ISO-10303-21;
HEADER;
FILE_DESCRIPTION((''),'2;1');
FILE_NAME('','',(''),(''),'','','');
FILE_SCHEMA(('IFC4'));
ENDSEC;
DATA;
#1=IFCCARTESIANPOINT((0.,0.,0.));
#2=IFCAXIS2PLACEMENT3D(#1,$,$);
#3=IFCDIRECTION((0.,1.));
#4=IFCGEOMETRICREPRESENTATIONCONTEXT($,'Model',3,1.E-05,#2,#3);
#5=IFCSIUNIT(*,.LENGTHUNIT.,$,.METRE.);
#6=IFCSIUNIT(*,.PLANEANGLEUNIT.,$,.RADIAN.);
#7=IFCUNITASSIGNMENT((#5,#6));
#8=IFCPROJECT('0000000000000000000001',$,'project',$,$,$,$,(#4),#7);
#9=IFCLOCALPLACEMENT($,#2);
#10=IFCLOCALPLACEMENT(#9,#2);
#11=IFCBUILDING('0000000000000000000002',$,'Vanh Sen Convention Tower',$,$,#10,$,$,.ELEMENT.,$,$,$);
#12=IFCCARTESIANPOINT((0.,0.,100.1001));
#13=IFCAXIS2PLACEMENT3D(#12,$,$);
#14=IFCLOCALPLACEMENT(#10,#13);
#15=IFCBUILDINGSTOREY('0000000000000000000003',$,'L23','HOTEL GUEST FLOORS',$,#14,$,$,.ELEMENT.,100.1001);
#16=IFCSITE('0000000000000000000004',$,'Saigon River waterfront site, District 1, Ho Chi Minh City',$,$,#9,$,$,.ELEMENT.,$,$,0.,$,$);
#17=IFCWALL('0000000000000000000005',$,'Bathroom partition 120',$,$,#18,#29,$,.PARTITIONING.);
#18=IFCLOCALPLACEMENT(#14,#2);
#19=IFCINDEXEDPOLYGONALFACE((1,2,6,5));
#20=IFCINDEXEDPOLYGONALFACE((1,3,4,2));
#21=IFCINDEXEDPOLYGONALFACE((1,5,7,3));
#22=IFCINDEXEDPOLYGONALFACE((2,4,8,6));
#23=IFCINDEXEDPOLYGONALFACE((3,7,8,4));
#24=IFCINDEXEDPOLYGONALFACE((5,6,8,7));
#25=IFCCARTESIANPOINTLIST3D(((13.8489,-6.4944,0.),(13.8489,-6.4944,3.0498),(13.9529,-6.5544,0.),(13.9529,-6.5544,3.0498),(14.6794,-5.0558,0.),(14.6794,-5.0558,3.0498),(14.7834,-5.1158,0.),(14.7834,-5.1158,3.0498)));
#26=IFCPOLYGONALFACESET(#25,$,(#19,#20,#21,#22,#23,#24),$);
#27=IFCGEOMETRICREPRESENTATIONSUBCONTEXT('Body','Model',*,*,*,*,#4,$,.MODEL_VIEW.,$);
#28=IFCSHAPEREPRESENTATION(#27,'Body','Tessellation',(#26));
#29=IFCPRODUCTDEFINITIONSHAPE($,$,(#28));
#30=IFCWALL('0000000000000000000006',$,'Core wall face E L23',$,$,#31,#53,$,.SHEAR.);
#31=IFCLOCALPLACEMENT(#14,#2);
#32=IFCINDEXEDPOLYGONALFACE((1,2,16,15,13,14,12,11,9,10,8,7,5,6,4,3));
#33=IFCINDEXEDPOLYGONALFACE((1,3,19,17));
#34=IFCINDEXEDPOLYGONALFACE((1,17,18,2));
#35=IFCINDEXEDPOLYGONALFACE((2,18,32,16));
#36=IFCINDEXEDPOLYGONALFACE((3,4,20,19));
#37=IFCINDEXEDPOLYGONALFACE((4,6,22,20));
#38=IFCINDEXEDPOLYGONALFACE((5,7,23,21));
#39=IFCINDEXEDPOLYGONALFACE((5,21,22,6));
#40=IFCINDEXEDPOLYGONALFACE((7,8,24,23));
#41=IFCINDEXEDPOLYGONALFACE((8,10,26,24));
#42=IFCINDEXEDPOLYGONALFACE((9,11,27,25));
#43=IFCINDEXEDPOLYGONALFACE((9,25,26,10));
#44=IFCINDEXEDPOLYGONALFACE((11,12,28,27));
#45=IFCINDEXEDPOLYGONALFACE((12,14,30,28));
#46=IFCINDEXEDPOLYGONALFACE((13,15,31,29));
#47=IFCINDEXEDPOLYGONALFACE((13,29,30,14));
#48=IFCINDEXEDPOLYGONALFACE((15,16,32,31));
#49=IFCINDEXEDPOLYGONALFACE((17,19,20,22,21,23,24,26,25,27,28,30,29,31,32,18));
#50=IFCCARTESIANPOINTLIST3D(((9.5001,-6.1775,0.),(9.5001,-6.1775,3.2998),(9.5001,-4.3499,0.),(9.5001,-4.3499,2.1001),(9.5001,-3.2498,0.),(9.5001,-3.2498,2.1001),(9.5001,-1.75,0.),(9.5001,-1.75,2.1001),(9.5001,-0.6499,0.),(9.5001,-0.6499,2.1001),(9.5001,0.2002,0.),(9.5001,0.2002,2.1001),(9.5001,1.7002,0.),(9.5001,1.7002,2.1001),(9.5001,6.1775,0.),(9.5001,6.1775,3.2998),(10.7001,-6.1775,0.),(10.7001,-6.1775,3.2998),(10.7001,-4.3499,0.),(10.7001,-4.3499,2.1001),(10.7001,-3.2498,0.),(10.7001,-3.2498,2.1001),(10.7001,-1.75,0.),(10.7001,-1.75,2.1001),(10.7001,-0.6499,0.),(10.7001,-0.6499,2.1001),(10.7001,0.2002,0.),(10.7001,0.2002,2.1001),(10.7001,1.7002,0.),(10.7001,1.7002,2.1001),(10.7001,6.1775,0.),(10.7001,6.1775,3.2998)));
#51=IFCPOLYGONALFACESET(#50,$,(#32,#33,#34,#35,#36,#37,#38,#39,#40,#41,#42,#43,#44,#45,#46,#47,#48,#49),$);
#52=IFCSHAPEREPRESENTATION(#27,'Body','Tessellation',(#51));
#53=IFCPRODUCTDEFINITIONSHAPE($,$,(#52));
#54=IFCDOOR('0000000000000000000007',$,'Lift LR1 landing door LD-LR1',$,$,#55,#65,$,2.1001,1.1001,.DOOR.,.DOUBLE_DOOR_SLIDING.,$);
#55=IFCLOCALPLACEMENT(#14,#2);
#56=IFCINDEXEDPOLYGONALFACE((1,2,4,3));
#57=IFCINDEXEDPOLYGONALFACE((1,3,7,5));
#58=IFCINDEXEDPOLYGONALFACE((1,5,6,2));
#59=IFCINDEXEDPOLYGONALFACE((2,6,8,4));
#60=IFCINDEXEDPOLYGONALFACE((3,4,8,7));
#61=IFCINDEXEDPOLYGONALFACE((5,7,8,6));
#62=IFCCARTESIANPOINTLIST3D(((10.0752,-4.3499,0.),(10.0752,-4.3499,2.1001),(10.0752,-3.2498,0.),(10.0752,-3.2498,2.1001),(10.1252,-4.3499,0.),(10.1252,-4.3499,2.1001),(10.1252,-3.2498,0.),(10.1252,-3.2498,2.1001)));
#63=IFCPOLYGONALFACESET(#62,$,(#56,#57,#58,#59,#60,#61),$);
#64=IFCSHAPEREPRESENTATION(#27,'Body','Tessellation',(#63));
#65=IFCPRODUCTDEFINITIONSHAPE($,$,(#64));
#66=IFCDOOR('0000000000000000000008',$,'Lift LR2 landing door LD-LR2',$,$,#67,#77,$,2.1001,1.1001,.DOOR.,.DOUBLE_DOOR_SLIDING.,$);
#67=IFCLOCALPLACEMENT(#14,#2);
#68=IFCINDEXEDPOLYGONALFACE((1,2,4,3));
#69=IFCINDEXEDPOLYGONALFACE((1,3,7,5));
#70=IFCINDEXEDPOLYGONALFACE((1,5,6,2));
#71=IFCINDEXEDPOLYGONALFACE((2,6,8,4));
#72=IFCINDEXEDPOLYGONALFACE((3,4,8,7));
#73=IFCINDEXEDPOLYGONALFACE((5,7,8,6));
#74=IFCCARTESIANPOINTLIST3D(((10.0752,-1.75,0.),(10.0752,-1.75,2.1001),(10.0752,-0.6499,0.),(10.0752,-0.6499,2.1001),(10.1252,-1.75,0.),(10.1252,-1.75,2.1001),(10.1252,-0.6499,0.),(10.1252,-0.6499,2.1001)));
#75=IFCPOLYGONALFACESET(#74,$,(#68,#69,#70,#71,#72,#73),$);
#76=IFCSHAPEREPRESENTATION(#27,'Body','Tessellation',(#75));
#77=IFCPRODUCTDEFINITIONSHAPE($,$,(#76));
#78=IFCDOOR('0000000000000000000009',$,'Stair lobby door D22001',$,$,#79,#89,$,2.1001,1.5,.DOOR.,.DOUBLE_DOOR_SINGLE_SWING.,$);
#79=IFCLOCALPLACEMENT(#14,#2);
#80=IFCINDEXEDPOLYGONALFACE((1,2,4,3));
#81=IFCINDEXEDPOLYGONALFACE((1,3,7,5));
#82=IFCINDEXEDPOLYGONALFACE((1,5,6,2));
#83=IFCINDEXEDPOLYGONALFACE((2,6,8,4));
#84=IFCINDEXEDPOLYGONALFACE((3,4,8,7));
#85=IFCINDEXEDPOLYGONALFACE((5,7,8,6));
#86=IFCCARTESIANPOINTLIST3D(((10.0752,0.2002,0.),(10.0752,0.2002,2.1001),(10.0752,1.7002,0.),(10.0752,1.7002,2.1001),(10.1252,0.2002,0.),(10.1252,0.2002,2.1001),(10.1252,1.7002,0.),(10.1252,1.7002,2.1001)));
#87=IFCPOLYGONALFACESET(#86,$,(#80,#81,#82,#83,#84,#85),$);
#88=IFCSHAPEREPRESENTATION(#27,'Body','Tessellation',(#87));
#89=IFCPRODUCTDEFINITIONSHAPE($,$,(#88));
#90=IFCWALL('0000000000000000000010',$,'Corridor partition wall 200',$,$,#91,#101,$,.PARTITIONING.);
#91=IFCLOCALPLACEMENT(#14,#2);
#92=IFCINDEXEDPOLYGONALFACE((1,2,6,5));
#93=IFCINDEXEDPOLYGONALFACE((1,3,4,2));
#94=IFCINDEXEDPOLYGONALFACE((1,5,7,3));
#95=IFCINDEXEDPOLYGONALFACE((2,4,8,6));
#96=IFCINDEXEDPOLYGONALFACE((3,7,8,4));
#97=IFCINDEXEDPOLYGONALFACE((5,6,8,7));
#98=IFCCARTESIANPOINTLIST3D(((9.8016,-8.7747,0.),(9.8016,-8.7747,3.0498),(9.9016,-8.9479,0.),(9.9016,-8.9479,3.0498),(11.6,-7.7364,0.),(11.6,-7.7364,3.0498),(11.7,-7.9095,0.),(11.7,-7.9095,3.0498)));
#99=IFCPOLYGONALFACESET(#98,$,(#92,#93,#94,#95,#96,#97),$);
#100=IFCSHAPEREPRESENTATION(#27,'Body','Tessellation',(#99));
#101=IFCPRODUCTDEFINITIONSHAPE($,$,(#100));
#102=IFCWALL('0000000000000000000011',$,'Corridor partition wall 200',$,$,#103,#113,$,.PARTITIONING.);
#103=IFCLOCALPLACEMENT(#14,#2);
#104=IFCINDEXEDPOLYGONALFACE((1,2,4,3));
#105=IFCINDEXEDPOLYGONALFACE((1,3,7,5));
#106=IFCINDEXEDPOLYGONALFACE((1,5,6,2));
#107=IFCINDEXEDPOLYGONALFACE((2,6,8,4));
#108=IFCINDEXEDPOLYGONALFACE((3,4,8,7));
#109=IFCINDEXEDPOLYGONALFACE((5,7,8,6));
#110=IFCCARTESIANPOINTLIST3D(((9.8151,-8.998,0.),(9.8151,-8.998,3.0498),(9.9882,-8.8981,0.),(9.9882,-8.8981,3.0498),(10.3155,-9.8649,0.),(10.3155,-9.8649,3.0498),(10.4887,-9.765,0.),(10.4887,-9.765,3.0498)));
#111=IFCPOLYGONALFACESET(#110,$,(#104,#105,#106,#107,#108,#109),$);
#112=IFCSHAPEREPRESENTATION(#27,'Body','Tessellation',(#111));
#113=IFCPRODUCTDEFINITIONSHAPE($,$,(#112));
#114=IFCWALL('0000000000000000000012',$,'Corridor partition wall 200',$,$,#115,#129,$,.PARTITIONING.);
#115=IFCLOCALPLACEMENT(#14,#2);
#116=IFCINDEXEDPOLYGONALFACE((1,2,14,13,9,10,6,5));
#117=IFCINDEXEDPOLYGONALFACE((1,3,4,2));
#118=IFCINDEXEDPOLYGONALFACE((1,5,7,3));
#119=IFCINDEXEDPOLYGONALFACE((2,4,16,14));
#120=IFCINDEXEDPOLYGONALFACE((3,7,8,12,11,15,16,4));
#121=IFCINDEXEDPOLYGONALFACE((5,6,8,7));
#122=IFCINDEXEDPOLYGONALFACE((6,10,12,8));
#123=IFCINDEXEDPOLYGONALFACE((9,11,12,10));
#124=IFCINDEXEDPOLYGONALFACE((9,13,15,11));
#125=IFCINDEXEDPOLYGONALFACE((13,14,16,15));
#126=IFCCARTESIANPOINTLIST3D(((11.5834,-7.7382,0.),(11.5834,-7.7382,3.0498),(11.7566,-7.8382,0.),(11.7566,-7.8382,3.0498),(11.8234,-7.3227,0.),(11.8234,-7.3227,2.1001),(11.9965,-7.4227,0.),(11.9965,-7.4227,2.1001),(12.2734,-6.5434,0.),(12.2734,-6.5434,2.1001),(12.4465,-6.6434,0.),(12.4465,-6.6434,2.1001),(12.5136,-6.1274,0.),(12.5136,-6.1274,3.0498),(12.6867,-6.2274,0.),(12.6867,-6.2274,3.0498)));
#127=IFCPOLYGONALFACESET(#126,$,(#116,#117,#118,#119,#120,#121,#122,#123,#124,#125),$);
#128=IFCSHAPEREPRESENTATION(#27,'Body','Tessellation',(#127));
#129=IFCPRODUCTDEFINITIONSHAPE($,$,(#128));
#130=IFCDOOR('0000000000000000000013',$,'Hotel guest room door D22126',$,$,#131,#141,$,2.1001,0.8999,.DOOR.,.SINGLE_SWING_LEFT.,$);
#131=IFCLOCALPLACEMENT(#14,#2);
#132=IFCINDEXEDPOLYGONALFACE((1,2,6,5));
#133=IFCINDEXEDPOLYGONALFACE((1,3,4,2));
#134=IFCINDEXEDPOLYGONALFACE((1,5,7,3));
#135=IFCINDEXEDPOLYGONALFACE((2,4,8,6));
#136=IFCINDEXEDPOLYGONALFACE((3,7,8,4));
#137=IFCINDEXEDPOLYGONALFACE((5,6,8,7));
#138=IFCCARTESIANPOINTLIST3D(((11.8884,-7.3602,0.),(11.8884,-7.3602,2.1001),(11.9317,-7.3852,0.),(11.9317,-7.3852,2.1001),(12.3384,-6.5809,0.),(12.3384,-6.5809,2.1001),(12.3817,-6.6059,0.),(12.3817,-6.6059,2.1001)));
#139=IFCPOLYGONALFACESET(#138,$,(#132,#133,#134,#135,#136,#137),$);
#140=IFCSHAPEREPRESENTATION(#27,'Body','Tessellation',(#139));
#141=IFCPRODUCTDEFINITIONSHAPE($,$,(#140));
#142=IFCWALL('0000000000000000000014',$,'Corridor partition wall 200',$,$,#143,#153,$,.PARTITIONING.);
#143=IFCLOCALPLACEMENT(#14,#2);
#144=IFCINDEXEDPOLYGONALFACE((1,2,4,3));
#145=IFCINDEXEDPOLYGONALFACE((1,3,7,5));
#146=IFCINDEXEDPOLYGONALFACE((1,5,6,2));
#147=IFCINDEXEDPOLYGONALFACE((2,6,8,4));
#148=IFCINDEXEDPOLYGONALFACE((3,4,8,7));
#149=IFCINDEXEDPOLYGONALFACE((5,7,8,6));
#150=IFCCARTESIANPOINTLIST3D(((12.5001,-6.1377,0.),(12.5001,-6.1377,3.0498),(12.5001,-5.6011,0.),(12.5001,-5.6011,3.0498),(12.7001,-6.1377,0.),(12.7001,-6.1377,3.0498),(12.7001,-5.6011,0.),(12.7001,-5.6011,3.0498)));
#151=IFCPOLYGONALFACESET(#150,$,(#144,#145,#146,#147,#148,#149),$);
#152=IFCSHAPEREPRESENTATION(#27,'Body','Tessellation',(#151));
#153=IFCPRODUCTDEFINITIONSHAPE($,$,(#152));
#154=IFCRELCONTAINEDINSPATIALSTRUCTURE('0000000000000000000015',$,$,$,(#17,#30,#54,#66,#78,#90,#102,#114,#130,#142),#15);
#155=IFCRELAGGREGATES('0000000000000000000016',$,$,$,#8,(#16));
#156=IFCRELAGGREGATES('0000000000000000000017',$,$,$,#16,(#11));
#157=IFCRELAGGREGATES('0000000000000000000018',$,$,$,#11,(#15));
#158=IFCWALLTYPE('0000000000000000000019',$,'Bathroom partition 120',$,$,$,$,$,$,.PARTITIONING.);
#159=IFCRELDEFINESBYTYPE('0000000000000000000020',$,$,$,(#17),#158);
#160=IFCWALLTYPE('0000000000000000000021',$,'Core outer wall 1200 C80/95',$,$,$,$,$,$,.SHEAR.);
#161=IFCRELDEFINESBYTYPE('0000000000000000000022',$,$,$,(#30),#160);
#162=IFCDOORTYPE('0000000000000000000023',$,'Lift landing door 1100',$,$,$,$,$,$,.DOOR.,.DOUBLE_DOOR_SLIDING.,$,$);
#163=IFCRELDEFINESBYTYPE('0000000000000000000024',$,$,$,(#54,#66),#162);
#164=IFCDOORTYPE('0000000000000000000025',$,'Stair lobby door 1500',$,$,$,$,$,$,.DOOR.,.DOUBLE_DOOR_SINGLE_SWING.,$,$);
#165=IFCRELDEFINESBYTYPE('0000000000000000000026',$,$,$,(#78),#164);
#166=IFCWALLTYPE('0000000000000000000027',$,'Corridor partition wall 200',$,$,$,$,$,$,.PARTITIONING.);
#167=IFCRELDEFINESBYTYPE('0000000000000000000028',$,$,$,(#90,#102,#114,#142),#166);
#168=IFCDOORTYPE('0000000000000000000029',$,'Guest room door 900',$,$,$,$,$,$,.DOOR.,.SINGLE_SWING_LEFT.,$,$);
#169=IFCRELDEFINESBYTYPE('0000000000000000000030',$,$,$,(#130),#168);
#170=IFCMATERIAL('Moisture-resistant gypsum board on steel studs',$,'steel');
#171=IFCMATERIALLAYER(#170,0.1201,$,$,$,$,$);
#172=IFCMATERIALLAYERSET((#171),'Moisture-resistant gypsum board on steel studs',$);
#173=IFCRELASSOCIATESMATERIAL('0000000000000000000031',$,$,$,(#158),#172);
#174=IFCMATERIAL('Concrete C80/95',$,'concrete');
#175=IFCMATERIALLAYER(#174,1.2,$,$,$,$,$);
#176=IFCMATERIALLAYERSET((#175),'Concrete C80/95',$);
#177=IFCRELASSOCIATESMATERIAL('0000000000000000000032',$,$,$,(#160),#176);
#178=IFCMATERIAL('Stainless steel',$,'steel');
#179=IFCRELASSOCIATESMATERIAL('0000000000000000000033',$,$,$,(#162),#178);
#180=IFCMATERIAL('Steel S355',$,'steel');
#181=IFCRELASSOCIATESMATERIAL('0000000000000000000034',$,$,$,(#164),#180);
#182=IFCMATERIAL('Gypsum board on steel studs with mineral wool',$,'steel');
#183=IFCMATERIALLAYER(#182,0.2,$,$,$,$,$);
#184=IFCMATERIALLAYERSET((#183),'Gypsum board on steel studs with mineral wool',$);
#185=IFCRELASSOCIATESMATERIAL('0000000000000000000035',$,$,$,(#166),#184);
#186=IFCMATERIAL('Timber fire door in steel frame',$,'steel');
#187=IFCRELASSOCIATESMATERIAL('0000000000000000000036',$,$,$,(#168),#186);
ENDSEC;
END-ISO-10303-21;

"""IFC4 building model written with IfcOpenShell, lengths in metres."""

from ifc_helpers import new_model, si_unit, direction, frame, frame_2d, origin, place, context, subcontext, project, spatial, rectangle, extrude, material, layer, layer_set, type_object, element, fill, save


model = new_model("IFC4")

# Units and contexts
model_context = context("Model", 3, precision=1e-05, world=origin(), true_north=direction((0.0, 1.0)))
body_context = subcontext(model_context, "Body", "Model", "MODEL_VIEW")
ifc_project = project(units=[si_unit("LENGTHUNIT", "METRE"), si_unit("PLANEANGLEUNIT", "RADIAN")], contexts=[model_context])

# Site, building, storey
site_placement = place(None, origin())
site = spatial("IfcSite", under=ifc_project, at=site_placement, Name="Saigon River waterfront site, District 1, Ho Chi Minh City", CompositionType="ELEMENT", RefElevation=0.0)
building_placement = place(site_placement, origin())
building = spatial("IfcBuilding", under=site, at=building_placement, Name="Vanh Sen Convention Tower", CompositionType="ELEMENT")
storey_placement = place(building_placement, frame((0.0, 0.0, 100.1001)))
storey = spatial("IfcBuildingStorey", under=building, at=storey_placement, Name="L23", Description="HOTEL GUEST FLOORS", CompositionType="ELEMENT", Elevation=100.1001)

# Wall
ifc_material_1 = material(Name="Moisture-resistant gypsum board on steel studs", Category="steel")
ifc_layer_1 = layer(ifc_material_1, 0.1201)
ifc_layer_set_1 = layer_set([ifc_layer_1], Name="Moisture-resistant gypsum board on steel studs")
wall_type_1 = type_object("IfcWallType", Name="Bathroom partition 120", PredefinedType="PARTITIONING", material=ifc_layer_set_1)
wall_1_placement = place(storey_placement, frame((13.9009, -6.5244, 0.0), z_axis=(0.0, 0.0, 1.0), x_axis=(0.499964, 0.866046, 0.0)))
element("IfcWall", 1, at=wall_1_placement, inside=storey, type_object=wall_type_1, Name="Bathroom partition 120", PredefinedType="PARTITIONING", context=body_context, shape_type="SweptSolid", body=[
    extrude(rectangle(XDim=1.6611, YDim=0.1201, at=frame_2d((0.8306, 0.0))), origin(), (0.0, 0.0, 1.0), 3.0498),
])

# Wall, openings, doors
ifc_material_2 = material(Name="Concrete C80/95", Category="concrete")
ifc_layer_2 = layer(ifc_material_2, 1.2)
ifc_layer_set_2 = layer_set([ifc_layer_2], Name="Concrete C80/95")
wall_type_2 = type_object("IfcWallType", Name="Core outer wall 1200 C80/95", PredefinedType="SHEAR", material=ifc_layer_set_2)
wall_2_placement = place(storey_placement, frame((10.1001, -6.1775, 0.0), z_axis=(0.0, 0.0, 1.0), x_axis=(0.0, 1.0, 0.0)))
wall_2 = element("IfcWall", 2, at=wall_2_placement, inside=storey, type_object=wall_type_2, Name="Core wall face E L23", PredefinedType="SHEAR", context=body_context, shape_type="SweptSolid", body=[
    extrude(rectangle(XDim=12.355, YDim=1.2, at=frame_2d((6.1775, 0.0))), origin(), (0.0, 0.0, 1.0), 3.2998),
])
opening_1_placement = place(wall_2_placement, frame((6.3777, 0.0, 0.0)))
opening_1 = element("IfcOpeningElement", 3, at=opening_1_placement, cuts=wall_2, PredefinedType="OPENING", context=body_context, shape_type="SweptSolid", body=[
    extrude(rectangle(XDim=1.5, YDim=2.1001, at=frame_2d((0.75, 1.05))), frame((0.0, 0.6099, 0.0), z_axis=(0.0, -1.0, 0.0), x_axis=(1.0, 0.0, 0.0)), (0.0, 0.0, 1.0), 1.22),
])
opening_2_placement = place(wall_2_placement, frame((1.8276, 0.0, 0.0)))
opening_2 = element("IfcOpeningElement", 4, at=opening_2_placement, cuts=wall_2, PredefinedType="OPENING", context=body_context, shape_type="SweptSolid", body=[
    extrude(rectangle(XDim=1.1001, YDim=2.1001, at=frame_2d((0.55, 1.05))), frame((0.0, 0.6099, 0.0), z_axis=(0.0, -1.0, 0.0), x_axis=(1.0, 0.0, 0.0)), (0.0, 0.0, 1.0), 1.22),
])
opening_3_placement = place(wall_2_placement, frame((4.4275, 0.0, 0.0)))
opening_3 = element("IfcOpeningElement", 5, at=opening_3_placement, cuts=wall_2, PredefinedType="OPENING", context=body_context, shape_type="SweptSolid", body=[
    extrude(rectangle(XDim=1.1001, YDim=2.1001, at=frame_2d((0.55, 1.05))), frame((0.0, 0.6099, 0.0), z_axis=(0.0, -1.0, 0.0), x_axis=(1.0, 0.0, 0.0)), (0.0, 0.0, 1.0), 1.22),
])
ifc_material_3 = material(Name="Stainless steel", Category="steel")
door_type_1 = type_object("IfcDoorType", Name="Lift landing door 1100", OperationType="DOUBLE_DOOR_SLIDING", PredefinedType="DOOR", material=ifc_material_3)
door_1_placement = place(opening_2_placement, origin())
door_1 = element("IfcDoor", 6, at=door_1_placement, inside=storey, type_object=door_type_1, Name="Lift LR1 landing door LD-LR1", OperationType="DOUBLE_DOOR_SLIDING", OverallHeight=2.1001, OverallWidth=1.1001, PredefinedType="DOOR", context=body_context, shape_type="SweptSolid", body=[
    extrude(rectangle(XDim=1.1001, YDim=2.1001, at=frame_2d((0.55, 1.05))), frame((0.0, 0.0249, 0.0), z_axis=(0.0, -1.0, 0.0), x_axis=(1.0, 0.0, 0.0)), (0.0, 0.0, 1.0), 0.05),
])
fill(opening_2, door_1)
door_2_placement = place(opening_3_placement, origin())
door_2 = element("IfcDoor", 7, at=door_2_placement, inside=storey, type_object=door_type_1, Name="Lift LR2 landing door LD-LR2", OperationType="DOUBLE_DOOR_SLIDING", OverallHeight=2.1001, OverallWidth=1.1001, PredefinedType="DOOR", context=body_context, shape_type="SweptSolid", body=[
    extrude(rectangle(XDim=1.1001, YDim=2.1001, at=frame_2d((0.55, 1.05))), frame((0.0, 0.0249, 0.0), z_axis=(0.0, -1.0, 0.0), x_axis=(1.0, 0.0, 0.0)), (0.0, 0.0, 1.0), 0.05),
])
fill(opening_3, door_2)
ifc_material_4 = material(Name="Steel S355", Category="steel")
door_type_2 = type_object("IfcDoorType", Name="Stair lobby door 1500", OperationType="DOUBLE_DOOR_SINGLE_SWING", PredefinedType="DOOR", material=ifc_material_4)
door_3_placement = place(opening_1_placement, origin())
door_3 = element("IfcDoor", 8, at=door_3_placement, inside=storey, type_object=door_type_2, Name="Stair lobby door D22001", OperationType="DOUBLE_DOOR_SINGLE_SWING", OverallHeight=2.1001, OverallWidth=1.5, PredefinedType="DOOR", context=body_context, shape_type="SweptSolid", body=[
    extrude(rectangle(XDim=1.5, YDim=2.1001, at=frame_2d((0.75, 1.05))), frame((0.0, 0.0249, 0.0), z_axis=(0.0, -1.0, 0.0), x_axis=(1.0, 0.0, 0.0)), (0.0, 0.0, 1.0), 0.05),
])
fill(opening_1, door_3)

# Walls
ifc_material_5 = material(Name="Gypsum board on steel studs with mineral wool", Category="steel")
ifc_layer_3 = layer(ifc_material_5, 0.2)
ifc_layer_set_3 = layer_set([ifc_layer_3], Name="Gypsum board on steel studs with mineral wool")
wall_type_3 = type_object("IfcWallType", Name="Corridor partition wall 200", PredefinedType="PARTITIONING", material=ifc_layer_set_3)
wall_3_placement = place(storey_placement, frame((9.8516, -8.8613, 0.0), z_axis=(0.0, 0.0, 1.0), x_axis=(0.866013, 0.500021, 0.0)))
element("IfcWall", 9, at=wall_3_placement, inside=storey, type_object=wall_type_3, Name="Corridor partition wall 200", PredefinedType="PARTITIONING", context=body_context, shape_type="SweptSolid", body=[
    extrude(rectangle(XDim=2.0767, YDim=0.2, at=frame_2d((1.0383, 0.0))), origin(), (0.0, 0.0, 1.0), 3.0498),
])
wall_4_placement = place(storey_placement, frame((10.4021, -9.8149, 0.0), z_axis=(0.0, 0.0, 1.0), x_axis=(-0.499969, 0.866043, 0.0)))
element("IfcWall", 10, at=wall_4_placement, inside=storey, type_object=wall_type_3, Name="Corridor partition wall 200", PredefinedType="PARTITIONING", context=body_context, shape_type="SweptSolid", body=[
    extrude(rectangle(XDim=1.001, YDim=0.2, at=frame_2d((0.5005, 0.0))), origin(), (0.0, 0.0, 1.0), 3.0498),
])

# Wall, opening, door
wall_5_placement = place(storey_placement, frame((11.6699, -7.7883, 0.0), z_axis=(0.0, 0.0, 1.0), x_axis=(0.500063, 0.865989, 0.0)))
wall_5 = element("IfcWall", 11, at=wall_5_placement, inside=storey, type_object=wall_type_3, Name="Corridor partition wall 200", PredefinedType="PARTITIONING", context=body_context, shape_type="SweptSolid", body=[
    extrude(rectangle(XDim=1.8601, YDim=0.2, at=frame_2d((0.9302, 0.0))), origin(), (0.0, 0.0, 1.0), 3.0498),
])
opening_4_placement = place(wall_5_placement, frame((0.48, 0.0, 0.0)))
opening_4 = element("IfcOpeningElement", 12, at=opening_4_placement, cuts=wall_5, PredefinedType="OPENING", context=body_context, shape_type="SweptSolid", body=[
    extrude(rectangle(XDim=0.8999, YDim=2.1001, at=frame_2d((0.45, 1.05))), frame((0.0, 0.1099, 0.0), z_axis=(0.0, -1.0, 0.0), x_axis=(1.0, 0.0, 0.0)), (0.0, 0.0, 1.0), 0.22),
])
ifc_material_6 = material(Name="Timber fire door in steel frame", Category="steel")
door_type_3 = type_object("IfcDoorType", Name="Guest room door 900", OperationType="SINGLE_SWING_LEFT", PredefinedType="DOOR", material=ifc_material_6)
door_4_placement = place(opening_4_placement, origin())
door_4 = element("IfcDoor", 13, at=door_4_placement, inside=storey, type_object=door_type_3, Name="Hotel guest room door D22126", OperationType="SINGLE_SWING_LEFT", OverallHeight=2.1001, OverallWidth=0.8999, PredefinedType="DOOR", context=body_context, shape_type="SweptSolid", body=[
    extrude(rectangle(XDim=0.8999, YDim=2.1001, at=frame_2d((0.45, 1.05))), frame((0.0, 0.0249, 0.0), z_axis=(0.0, -1.0, 0.0), x_axis=(1.0, 0.0, 0.0)), (0.0, 0.0, 1.0), 0.05),
])
fill(opening_4, door_4)

# Wall
wall_6_placement = place(storey_placement, frame((12.6001, -6.1377, 0.0), z_axis=(0.0, 0.0, 1.0), x_axis=(0.0, 1.0, 0.0)))
element("IfcWall", 14, at=wall_6_placement, inside=storey, type_object=wall_type_3, Name="Corridor partition wall 200", PredefinedType="PARTITIONING", context=body_context, shape_type="SweptSolid", body=[
    extrude(rectangle(XDim=0.5366, YDim=0.2, at=frame_2d((0.2683, 0.0))), origin(), (0.0, 0.0, 1.0), 3.0498),
])

save(model, "model.ifc")
